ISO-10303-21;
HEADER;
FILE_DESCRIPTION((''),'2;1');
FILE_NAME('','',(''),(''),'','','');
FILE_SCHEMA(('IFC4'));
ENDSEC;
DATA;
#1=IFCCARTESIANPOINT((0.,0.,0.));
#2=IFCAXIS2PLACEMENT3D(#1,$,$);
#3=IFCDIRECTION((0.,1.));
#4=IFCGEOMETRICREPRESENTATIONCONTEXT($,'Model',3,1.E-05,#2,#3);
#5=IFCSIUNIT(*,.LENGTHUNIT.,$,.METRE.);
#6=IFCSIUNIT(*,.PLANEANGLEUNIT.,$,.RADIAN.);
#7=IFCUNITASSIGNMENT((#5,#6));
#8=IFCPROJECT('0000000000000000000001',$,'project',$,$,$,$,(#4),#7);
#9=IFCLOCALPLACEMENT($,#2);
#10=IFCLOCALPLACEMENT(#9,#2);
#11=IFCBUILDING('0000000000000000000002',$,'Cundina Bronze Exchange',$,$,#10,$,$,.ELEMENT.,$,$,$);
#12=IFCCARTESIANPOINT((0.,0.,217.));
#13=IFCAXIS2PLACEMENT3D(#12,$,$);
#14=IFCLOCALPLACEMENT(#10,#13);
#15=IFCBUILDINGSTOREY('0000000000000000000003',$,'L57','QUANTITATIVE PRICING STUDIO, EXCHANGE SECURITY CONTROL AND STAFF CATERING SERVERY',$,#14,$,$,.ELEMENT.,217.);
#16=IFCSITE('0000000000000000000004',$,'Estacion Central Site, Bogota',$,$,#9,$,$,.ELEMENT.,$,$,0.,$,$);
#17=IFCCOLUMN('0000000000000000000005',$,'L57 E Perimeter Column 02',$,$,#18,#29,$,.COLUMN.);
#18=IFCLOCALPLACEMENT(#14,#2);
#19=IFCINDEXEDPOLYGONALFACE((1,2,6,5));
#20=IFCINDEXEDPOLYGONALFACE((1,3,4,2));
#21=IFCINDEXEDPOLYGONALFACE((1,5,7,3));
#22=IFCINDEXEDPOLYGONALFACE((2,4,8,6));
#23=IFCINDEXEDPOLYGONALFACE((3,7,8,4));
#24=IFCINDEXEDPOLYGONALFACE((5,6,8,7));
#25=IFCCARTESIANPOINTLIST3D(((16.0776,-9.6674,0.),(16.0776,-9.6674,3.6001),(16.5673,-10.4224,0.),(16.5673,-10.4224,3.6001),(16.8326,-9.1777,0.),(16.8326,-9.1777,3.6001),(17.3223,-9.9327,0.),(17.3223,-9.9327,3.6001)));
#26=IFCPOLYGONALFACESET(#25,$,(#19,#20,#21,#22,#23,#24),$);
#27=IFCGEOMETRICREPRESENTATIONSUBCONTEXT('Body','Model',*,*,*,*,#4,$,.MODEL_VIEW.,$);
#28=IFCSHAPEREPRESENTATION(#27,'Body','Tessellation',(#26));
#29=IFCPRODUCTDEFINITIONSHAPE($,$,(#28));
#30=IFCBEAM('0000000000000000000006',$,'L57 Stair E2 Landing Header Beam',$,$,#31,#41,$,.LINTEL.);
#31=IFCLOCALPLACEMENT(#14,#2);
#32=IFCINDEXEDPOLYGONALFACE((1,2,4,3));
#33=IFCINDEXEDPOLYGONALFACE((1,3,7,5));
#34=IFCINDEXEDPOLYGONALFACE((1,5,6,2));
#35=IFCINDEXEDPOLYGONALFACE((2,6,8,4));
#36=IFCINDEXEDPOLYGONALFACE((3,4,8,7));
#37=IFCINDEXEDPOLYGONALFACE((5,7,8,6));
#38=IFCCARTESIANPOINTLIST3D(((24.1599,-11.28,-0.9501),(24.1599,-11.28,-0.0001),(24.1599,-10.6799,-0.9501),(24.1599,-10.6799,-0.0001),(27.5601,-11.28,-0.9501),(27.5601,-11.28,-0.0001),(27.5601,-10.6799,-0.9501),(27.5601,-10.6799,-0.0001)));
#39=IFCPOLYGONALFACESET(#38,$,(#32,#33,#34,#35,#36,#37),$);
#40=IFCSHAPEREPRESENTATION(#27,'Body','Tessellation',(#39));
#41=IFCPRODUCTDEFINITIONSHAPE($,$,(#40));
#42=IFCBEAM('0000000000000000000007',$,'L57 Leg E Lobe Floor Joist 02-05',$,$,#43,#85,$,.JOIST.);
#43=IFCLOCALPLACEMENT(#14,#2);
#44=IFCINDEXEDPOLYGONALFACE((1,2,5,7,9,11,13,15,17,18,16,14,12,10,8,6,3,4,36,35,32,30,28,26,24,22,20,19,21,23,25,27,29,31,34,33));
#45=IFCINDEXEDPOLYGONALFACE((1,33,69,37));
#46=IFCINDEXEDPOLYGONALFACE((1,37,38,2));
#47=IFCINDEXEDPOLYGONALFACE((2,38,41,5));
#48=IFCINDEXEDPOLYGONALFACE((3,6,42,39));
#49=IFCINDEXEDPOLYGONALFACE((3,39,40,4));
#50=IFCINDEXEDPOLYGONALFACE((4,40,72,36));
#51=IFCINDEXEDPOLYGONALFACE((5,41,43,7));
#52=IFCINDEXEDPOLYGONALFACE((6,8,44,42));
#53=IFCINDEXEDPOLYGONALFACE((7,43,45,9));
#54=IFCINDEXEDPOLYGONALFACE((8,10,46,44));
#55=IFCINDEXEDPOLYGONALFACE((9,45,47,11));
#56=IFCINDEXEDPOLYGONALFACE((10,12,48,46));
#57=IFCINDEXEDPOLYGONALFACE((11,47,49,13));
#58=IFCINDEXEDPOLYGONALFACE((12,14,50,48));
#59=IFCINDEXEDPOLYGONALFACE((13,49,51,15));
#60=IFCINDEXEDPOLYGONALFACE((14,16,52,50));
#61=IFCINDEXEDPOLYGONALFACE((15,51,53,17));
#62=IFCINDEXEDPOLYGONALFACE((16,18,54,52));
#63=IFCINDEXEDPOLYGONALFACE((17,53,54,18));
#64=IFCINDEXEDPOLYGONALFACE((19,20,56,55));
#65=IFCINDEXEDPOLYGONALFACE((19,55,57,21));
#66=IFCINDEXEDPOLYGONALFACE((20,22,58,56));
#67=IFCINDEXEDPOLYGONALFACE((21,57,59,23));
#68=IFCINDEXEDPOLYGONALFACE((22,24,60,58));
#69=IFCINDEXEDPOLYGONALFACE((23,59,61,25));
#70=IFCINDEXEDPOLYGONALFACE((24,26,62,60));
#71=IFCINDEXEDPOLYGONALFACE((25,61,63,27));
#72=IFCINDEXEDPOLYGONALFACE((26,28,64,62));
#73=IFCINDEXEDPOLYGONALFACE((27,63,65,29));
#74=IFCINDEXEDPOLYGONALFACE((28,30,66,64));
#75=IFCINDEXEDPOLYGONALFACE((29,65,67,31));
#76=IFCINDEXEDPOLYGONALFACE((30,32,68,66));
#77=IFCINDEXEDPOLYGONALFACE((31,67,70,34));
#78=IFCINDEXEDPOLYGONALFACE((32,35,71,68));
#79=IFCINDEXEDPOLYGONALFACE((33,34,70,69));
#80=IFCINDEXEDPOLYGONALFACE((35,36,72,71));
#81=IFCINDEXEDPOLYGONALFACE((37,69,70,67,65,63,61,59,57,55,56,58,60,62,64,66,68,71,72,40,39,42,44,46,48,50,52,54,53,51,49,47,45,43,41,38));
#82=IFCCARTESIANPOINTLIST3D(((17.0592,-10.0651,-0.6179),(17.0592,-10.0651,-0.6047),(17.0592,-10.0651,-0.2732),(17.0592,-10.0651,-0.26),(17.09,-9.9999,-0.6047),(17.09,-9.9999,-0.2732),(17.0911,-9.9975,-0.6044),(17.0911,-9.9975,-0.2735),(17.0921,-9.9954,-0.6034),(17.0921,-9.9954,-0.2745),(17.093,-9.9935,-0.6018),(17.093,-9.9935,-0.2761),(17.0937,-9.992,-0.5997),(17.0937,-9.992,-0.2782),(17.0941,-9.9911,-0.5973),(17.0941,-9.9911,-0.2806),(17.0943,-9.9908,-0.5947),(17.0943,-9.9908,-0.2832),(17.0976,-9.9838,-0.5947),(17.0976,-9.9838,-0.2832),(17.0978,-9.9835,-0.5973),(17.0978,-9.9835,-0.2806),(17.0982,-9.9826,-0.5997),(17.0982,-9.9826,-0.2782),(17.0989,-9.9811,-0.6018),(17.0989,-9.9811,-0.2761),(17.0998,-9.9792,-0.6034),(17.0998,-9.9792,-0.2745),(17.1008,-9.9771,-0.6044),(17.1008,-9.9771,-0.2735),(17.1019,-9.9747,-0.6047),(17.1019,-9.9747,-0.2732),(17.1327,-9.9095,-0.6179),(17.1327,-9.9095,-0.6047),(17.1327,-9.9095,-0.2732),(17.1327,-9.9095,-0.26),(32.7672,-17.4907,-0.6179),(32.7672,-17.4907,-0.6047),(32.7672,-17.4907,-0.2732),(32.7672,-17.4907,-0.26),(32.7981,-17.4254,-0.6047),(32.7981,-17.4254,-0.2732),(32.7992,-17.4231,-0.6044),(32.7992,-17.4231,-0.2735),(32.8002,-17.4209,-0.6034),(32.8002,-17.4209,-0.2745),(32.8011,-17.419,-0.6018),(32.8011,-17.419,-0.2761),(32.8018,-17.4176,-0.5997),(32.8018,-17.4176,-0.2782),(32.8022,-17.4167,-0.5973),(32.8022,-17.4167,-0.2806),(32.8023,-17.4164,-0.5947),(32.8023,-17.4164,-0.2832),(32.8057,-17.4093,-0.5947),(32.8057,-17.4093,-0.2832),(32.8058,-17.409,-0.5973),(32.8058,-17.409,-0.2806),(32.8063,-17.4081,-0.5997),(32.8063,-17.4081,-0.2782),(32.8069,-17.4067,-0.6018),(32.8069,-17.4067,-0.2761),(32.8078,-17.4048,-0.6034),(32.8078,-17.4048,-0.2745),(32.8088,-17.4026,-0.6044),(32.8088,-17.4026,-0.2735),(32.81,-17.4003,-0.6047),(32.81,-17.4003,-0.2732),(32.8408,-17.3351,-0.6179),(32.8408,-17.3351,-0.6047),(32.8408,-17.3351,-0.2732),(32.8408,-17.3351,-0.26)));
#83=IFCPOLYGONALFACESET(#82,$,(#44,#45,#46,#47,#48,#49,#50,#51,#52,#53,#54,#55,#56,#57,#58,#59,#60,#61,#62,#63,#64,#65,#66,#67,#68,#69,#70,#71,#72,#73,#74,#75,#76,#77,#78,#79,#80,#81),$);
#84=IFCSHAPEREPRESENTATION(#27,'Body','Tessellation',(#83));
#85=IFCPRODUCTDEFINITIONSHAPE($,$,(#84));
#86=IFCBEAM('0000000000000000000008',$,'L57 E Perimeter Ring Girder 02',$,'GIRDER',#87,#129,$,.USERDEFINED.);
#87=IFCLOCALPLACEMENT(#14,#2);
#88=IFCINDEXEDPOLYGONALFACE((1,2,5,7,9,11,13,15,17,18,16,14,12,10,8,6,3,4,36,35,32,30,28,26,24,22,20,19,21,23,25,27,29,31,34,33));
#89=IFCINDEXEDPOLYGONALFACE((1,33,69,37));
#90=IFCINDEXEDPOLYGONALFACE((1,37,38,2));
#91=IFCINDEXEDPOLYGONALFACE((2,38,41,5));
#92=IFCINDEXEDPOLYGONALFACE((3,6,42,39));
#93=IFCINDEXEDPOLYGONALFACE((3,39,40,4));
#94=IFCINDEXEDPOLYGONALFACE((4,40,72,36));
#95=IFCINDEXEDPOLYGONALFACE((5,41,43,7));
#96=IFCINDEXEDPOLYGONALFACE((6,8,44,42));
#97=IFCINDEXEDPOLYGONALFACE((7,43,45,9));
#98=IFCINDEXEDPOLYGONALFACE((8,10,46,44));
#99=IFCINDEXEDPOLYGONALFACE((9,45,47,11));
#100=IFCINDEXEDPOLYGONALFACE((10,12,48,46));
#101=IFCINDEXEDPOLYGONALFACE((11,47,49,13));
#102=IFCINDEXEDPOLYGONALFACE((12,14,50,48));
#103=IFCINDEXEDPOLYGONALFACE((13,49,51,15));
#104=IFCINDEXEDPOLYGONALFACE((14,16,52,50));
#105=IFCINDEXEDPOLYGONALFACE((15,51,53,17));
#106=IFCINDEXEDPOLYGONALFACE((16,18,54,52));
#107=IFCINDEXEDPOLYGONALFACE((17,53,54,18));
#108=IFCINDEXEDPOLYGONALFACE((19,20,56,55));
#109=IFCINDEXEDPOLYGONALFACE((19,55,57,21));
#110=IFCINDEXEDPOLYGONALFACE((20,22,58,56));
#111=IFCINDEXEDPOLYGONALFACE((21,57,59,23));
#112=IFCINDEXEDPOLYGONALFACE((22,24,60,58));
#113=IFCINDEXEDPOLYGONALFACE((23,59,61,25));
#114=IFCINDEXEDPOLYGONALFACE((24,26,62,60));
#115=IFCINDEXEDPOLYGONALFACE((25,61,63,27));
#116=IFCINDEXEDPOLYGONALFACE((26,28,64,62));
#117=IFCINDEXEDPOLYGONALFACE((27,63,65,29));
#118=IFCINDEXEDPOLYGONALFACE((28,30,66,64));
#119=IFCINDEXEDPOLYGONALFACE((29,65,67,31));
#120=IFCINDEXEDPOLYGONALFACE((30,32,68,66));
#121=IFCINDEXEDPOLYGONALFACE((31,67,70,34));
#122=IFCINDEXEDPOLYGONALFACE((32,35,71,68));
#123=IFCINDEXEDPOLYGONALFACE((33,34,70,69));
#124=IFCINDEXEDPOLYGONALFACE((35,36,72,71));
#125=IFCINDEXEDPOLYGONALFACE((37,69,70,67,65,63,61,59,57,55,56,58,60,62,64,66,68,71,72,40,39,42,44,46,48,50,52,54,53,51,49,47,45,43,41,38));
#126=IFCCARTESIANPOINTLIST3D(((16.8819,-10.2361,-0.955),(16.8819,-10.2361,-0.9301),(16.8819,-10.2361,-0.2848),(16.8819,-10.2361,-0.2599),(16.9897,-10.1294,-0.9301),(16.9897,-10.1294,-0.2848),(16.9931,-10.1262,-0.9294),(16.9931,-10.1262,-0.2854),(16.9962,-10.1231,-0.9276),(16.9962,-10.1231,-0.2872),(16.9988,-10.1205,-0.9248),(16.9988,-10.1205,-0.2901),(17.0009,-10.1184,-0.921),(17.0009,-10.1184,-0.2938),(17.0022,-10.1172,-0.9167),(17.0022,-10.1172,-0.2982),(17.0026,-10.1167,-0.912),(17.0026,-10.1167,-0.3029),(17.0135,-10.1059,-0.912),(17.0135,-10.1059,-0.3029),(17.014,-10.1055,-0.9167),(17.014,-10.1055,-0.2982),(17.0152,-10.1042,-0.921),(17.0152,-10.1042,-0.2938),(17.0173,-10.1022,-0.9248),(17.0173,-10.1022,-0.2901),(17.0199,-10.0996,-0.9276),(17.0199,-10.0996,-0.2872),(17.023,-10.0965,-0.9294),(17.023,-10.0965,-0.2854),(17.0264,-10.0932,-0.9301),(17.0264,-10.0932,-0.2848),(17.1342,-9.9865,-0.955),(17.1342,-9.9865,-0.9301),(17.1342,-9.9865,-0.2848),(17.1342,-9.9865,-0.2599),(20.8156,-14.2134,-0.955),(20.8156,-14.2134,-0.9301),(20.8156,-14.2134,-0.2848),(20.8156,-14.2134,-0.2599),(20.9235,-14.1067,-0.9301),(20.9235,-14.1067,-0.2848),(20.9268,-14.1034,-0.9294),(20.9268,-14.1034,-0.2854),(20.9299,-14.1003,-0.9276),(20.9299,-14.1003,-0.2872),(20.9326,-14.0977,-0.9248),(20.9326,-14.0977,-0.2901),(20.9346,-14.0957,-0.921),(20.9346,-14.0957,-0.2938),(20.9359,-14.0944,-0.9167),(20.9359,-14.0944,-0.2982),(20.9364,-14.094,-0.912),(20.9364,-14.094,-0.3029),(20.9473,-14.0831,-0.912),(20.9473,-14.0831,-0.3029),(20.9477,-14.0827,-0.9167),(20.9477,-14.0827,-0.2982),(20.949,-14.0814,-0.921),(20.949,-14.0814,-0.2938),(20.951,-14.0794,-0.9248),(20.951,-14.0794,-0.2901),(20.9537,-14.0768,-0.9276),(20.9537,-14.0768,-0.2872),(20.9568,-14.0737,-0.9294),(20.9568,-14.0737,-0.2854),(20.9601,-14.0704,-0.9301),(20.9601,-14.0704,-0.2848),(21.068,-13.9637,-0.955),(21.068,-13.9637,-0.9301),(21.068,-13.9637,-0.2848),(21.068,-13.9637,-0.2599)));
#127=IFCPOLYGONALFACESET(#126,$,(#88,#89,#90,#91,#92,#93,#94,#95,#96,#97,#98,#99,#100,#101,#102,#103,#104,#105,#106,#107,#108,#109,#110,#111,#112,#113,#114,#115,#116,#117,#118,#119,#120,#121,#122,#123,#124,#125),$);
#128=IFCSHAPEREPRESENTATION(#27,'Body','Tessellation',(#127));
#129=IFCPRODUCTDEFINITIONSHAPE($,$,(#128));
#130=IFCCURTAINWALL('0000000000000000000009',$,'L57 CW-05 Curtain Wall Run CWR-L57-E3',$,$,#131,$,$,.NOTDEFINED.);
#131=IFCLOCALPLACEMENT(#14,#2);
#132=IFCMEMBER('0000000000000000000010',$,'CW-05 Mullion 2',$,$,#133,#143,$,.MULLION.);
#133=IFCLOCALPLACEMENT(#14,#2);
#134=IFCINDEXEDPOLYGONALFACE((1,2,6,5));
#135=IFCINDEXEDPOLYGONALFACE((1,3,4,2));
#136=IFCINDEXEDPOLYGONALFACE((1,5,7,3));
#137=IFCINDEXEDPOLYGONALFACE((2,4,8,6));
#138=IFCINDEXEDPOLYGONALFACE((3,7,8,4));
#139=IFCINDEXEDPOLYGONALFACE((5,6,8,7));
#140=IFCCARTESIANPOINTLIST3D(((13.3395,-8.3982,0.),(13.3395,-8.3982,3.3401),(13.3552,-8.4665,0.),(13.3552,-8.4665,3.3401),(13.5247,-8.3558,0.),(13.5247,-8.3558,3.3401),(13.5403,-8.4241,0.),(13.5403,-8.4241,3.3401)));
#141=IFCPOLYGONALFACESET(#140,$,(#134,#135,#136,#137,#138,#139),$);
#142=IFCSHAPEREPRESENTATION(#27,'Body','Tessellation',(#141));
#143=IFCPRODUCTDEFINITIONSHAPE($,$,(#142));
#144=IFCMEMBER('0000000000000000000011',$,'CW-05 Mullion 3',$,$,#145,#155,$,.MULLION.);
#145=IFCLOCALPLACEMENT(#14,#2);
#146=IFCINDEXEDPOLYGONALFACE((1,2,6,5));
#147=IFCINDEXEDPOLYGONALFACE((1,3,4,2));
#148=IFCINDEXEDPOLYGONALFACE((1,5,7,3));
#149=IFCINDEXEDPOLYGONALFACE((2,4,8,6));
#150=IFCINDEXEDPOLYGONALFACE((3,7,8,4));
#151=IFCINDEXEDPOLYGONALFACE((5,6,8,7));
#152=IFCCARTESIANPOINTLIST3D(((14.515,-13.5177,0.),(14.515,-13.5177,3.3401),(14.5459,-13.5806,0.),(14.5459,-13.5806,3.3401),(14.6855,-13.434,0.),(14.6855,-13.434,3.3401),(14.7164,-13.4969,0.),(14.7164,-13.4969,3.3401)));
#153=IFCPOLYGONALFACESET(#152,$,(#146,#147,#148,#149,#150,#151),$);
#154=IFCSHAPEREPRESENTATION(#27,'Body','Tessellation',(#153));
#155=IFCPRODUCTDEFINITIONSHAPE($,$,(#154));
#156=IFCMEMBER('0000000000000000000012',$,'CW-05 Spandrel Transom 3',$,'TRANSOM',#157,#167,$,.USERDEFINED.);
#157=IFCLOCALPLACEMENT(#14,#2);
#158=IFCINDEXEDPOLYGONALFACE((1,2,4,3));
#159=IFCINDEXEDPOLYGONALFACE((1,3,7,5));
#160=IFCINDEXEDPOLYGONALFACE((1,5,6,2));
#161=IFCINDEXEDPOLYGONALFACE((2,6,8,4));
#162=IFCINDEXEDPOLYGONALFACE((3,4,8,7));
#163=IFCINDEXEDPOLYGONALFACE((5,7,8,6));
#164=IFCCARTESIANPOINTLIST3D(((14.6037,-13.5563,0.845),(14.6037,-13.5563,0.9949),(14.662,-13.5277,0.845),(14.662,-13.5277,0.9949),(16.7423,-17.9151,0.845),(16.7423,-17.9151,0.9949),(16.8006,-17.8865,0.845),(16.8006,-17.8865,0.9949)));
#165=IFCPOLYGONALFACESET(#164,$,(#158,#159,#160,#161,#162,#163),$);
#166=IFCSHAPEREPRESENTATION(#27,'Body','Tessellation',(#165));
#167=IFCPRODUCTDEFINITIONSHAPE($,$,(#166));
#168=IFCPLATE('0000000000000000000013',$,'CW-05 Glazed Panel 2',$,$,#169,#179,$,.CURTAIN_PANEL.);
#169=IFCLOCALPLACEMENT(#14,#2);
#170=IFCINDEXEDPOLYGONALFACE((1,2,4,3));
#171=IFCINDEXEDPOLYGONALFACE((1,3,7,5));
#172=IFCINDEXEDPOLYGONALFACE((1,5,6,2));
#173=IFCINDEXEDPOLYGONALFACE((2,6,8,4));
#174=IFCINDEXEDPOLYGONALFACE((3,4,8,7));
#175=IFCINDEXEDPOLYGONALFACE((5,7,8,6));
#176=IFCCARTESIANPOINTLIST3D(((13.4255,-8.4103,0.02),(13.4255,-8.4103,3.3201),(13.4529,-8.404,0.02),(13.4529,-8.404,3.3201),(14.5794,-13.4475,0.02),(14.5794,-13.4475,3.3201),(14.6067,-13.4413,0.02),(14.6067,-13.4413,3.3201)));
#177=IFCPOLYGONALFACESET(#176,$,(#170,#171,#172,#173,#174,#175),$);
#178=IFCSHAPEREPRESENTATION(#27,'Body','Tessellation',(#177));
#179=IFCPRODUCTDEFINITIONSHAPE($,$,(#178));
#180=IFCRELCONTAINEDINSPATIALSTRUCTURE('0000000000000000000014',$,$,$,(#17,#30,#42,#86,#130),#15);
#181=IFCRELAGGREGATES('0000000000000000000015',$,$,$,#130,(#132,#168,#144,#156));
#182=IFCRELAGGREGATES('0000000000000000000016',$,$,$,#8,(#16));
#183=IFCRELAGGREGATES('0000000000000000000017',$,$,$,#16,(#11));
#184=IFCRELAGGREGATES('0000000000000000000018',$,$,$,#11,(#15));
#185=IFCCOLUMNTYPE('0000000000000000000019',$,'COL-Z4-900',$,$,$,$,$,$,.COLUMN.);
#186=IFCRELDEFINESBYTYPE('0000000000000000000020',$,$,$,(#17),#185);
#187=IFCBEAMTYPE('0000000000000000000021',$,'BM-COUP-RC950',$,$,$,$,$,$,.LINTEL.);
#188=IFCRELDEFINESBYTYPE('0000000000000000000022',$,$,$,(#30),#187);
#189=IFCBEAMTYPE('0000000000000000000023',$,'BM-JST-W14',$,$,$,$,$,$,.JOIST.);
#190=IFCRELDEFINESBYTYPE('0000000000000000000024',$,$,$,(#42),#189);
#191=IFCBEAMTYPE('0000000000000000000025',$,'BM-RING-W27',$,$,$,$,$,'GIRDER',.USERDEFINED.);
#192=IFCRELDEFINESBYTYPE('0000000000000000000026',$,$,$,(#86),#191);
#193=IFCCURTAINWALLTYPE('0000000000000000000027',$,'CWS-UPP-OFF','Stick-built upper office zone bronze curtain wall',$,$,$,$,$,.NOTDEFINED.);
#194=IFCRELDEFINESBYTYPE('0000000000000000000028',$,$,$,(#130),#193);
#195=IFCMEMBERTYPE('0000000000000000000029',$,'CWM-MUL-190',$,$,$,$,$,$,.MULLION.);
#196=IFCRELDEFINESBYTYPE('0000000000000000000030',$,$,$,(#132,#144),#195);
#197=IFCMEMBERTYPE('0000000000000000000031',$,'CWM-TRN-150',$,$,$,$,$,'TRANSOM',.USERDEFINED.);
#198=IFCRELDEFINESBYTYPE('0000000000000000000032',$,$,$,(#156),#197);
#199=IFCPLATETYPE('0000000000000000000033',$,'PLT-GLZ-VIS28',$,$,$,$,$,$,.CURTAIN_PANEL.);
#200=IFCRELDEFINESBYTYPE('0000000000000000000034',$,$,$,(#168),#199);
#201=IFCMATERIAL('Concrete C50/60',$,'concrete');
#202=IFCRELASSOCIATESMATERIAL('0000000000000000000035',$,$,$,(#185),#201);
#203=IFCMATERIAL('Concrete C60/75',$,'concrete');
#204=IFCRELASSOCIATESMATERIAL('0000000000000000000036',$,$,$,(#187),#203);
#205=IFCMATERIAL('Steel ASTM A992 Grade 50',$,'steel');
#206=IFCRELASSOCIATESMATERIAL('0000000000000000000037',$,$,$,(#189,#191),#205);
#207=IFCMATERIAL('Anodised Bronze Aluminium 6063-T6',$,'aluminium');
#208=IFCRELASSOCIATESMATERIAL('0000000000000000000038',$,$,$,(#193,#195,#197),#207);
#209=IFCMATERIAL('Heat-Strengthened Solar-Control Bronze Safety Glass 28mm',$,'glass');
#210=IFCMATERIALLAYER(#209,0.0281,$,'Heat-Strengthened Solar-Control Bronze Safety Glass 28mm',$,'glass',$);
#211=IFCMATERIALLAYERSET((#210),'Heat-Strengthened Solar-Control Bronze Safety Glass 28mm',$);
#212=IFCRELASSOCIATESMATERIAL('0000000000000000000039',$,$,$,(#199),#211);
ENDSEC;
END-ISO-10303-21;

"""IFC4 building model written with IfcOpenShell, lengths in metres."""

from ifc_helpers import new_model, si_unit, direction, frame, origin, origin_2d, place, context, subcontext, project, spatial, rectangle, i_section, extrude, material, layer, layer_set, material_profile, profile_set, type_object, element, aggregate, save


model = new_model("IFC4")

# Units and contexts
model_context = context("Model", 3, precision=1e-05, world=origin(), true_north=direction((0.0, 1.0)))
body_context = subcontext(model_context, "Body", "Model", "MODEL_VIEW")
ifc_project = project(units=[si_unit("LENGTHUNIT", "METRE"), si_unit("PLANEANGLEUNIT", "RADIAN")], contexts=[model_context])

# Site, building, storey
site_placement = place(None, origin())
site = spatial("IfcSite", under=ifc_project, at=site_placement, Name="Estacion Central Site, Bogota", CompositionType="ELEMENT", RefElevation=0.0)
building_placement = place(site_placement, origin())
building = spatial("IfcBuilding", under=site, at=building_placement, Name="Cundina Bronze Exchange", CompositionType="ELEMENT")
storey_placement = place(building_placement, frame((0.0, 0.0, 217.0)))
storey = spatial("IfcBuildingStorey", under=building, at=storey_placement, Name="L57", Description="QUANTITATIVE PRICING STUDIO, EXCHANGE SECURITY CONTROL AND STAFF CATERING SERVERY", CompositionType="ELEMENT", Elevation=217.0)

# Column
ifc_material_1 = material(Name="Concrete C50/60", Category="concrete")
ifc_material_profile_1 = material_profile(ifc_material_1, rectangle(XDim=0.8999, YDim=0.8999, at=origin_2d()), Name="RC900X900", Category="concrete")
ifc_profile_set_1 = profile_set([ifc_material_profile_1], Name="Concrete C50/60")
column_type = type_object("IfcColumnType", Name="COL-Z4-900", PredefinedType="COLUMN", material=ifc_profile_set_1)
column_placement = place(storey_placement, frame((16.7, -9.8, 0.0), z_axis=(0.0, 0.0, 1.0), x_axis=(0.5442, -0.838956, 0.0)))
element("IfcColumn", 1, at=column_placement, inside=storey, type_object=column_type, Name="L57 E Perimeter Column 02", PredefinedType="COLUMN", context=body_context, shape_type="SweptSolid", body=[
    extrude(rectangle(XDim=0.8999, YDim=0.8999, at=origin_2d()), origin(), (0.0, 0.0, 1.0), 3.6001),
])

# Beams
ifc_material_2 = material(Name="Concrete C60/75", Category="concrete")
ifc_material_profile_2 = material_profile(ifc_material_2, rectangle(XDim=0.6001, YDim=0.95, at=origin_2d()), Name="RC600X950", Category="concrete")
ifc_profile_set_2 = profile_set([ifc_material_profile_2], Name="Concrete C60/75")
beam_type_1 = type_object("IfcBeamType", Name="BM-COUP-RC950", PredefinedType="LINTEL", material=ifc_profile_set_2)
beam_1_placement = place(storey_placement, frame((24.1599, -10.98, -0.4751), z_axis=(1.0, 0.0, 0.0), x_axis=(0.0, 1.0, 0.0)))
element("IfcBeam", 2, at=beam_1_placement, inside=storey, type_object=beam_type_1, Name="L57 Stair E2 Landing Header Beam", PredefinedType="LINTEL", context=body_context, shape_type="SweptSolid", body=[
    extrude(rectangle(XDim=0.6001, YDim=0.95, at=origin_2d()), origin(), (0.0, 0.0, 1.0), 3.4001),
])
ifc_material_3 = material(Name="Steel ASTM A992 Grade 50", Category="steel")
ifc_material_profile_3 = material_profile(ifc_material_3, i_section(OverallWidth=0.1721, OverallDepth=0.3579, WebThickness=0.0078, FlangeThickness=0.0132, FilletRadius=0.01, at=origin_2d()), Name="W14X38", Category="steel")
ifc_profile_set_3 = profile_set([ifc_material_profile_3], Name="Steel ASTM A992 Grade 50")
beam_type_2 = type_object("IfcBeamType", Name="BM-JST-W14", PredefinedType="JOIST", material=ifc_profile_set_3)
beam_2_placement = place(storey_placement, frame((17.0959, -9.9873, -0.439), z_axis=(0.904074, -0.427376, 0.0), x_axis=(0.427376, 0.904074, 0.0)))
element("IfcBeam", 3, at=beam_2_placement, inside=storey, type_object=beam_type_2, Name="L57 Leg E Lobe Floor Joist 02-05", PredefinedType="JOIST", context=body_context, shape_type="SweptSolid", body=[
    extrude(i_section(OverallWidth=0.1721, OverallDepth=0.3579, WebThickness=0.0078, FlangeThickness=0.0132, FilletRadius=0.01, at=origin_2d()), origin(), (0.0, 0.0, 1.0), 17.3748),
])
ifc_material_profile_4 = material_profile(ifc_material_3, i_section(OverallWidth=0.355, OverallDepth=0.6951, WebThickness=0.0154, FlangeThickness=0.0249, FilletRadius=0.0181, at=origin_2d()), Name="W27X146", Category="steel")
ifc_profile_set_4 = profile_set([ifc_material_profile_4], Name="Steel ASTM A992 Grade 50")
beam_type_3 = type_object("IfcBeamType", Name="BM-RING-W27", ElementType="GIRDER", PredefinedType="USERDEFINED", material=ifc_profile_set_4)
beam_3_placement = place(storey_placement, frame((17.0081, -10.1113, -0.6074), z_axis=(0.703212, -0.71098, 0.0), x_axis=(0.71098, 0.703212, 0.0)))
element("IfcBeam", 4, at=beam_3_placement, inside=storey, type_object=beam_type_3, Name="L57 E Perimeter Ring Girder 02", ObjectType="GIRDER", PredefinedType="USERDEFINED", context=body_context, shape_type="SweptSolid", body=[
    extrude(i_section(OverallWidth=0.355, OverallDepth=0.6951, WebThickness=0.0154, FlangeThickness=0.0249, FilletRadius=0.0181, at=origin_2d()), origin(), (0.0, 0.0, 1.0), 5.594),
])

# Curtain wall, members, plate
ifc_material_4 = material(Name="Anodised Bronze Aluminium 6063-T6", Category="aluminium")
curtain_wall_type = type_object("IfcCurtainWallType", Name="CWS-UPP-OFF", Description="Stick-built upper office zone bronze curtain wall", PredefinedType="NOTDEFINED", material=ifc_material_4)
curtain_wall_placement = place(storey_placement, origin())
curtain_wall = element("IfcCurtainWall", 5, at=curtain_wall_placement, inside=storey, type_object=curtain_wall_type, Name="L57 CW-05 Curtain Wall Run CWR-L57-E3", PredefinedType="NOTDEFINED")
ifc_material_profile_5 = material_profile(ifc_material_4, rectangle(XDim=0.0701, YDim=0.1899, at=origin_2d()), Name="AL70X190", Category="aluminium")
ifc_profile_set_5 = profile_set([ifc_material_profile_5], Name="Anodised Bronze Aluminium 6063-T6")
member_type_1 = type_object("IfcMemberType", Name="CWM-MUL-190", PredefinedType="MULLION", material=ifc_profile_set_5)
member_1_placement = place(storey_placement, frame((13.4399, -8.4111, 0.0), z_axis=(0.0, 0.0, 1.0), x_axis=(0.22325, -0.974761, 0.0)))
member_1 = element("IfcMember", 6, at=member_1_placement, type_object=member_type_1, Name="CW-05 Mullion 2", PredefinedType="MULLION", context=body_context, shape_type="SweptSolid", body=[
    extrude(rectangle(XDim=0.0701, YDim=0.1899, at=origin_2d()), origin(), (0.0, 0.0, 1.0), 3.3401),
])
member_2_placement = place(storey_placement, frame((14.6157, -13.5073, 0.0), z_axis=(0.0, 0.0, 1.0), x_axis=(0.440566, -0.89772, 0.0)))
member_2 = element("IfcMember", 7, at=member_2_placement, type_object=member_type_1, Name="CW-05 Mullion 3", PredefinedType="MULLION", context=body_context, shape_type="SweptSolid", body=[
    extrude(rectangle(XDim=0.0701, YDim=0.1899, at=origin_2d()), origin(), (0.0, 0.0, 1.0), 3.3401),
])
ifc_material_profile_6 = material_profile(ifc_material_4, rectangle(XDim=0.0649, YDim=0.1499, at=origin_2d()), Name="AL65X150", Category="aluminium")
ifc_profile_set_6 = profile_set([ifc_material_profile_6], Name="Anodised Bronze Aluminium 6063-T6")
member_type_2 = type_object("IfcMemberType", Name="CWM-TRN-150", ElementType="TRANSOM", PredefinedType="USERDEFINED", material=ifc_profile_set_6)
member_3_placement = place(storey_placement, frame((14.6328, -13.542, 0.9199), z_axis=(0.440483, -0.897761, 0.0), x_axis=(0.897761, 0.440483, 0.0)))
member_3 = element("IfcMember", 8, at=member_3_placement, type_object=member_type_2, Name="CW-05 Spandrel Transom 3", ObjectType="TRANSOM", PredefinedType="USERDEFINED", context=body_context, shape_type="SweptSolid", body=[
    extrude(rectangle(XDim=0.0649, YDim=0.1499, at=origin_2d()), origin(), (0.0, 0.0, 1.0), 4.8552),
])
ifc_material_5 = material(Name="Heat-Strengthened Solar-Control Bronze Safety Glass 28mm", Category="glass")
ifc_layer_1 = layer(ifc_material_5, 0.0281, Name="Heat-Strengthened Solar-Control Bronze Safety Glass 28mm", Category="glass")
ifc_layer_set_1 = layer_set([ifc_layer_1], Name="Heat-Strengthened Solar-Control Bronze Safety Glass 28mm")
plate_type = type_object("IfcPlateType", Name="PLT-GLZ-VIS28", PredefinedType="CURTAIN_PANEL", material=ifc_layer_set_1)
plate_placement = place(storey_placement, frame((14.0161, -10.9258, 0.02), z_axis=(0.0, 0.0, 1.0), x_axis=(0.223284, -0.974753, 0.0)))
plate = element("IfcPlate", 9, at=plate_placement, type_object=plate_type, Name="CW-05 Glazed Panel 2", PredefinedType="CURTAIN_PANEL", context=body_context, shape_type="SweptSolid", body=[
    extrude(rectangle(XDim=5.1677, YDim=0.0281, at=origin_2d()), origin(), (0.0, 0.0, 1.0), 3.3),
])
aggregate(curtain_wall, [member_1, plate, member_2, member_3])

save(model, "model.ifc")
